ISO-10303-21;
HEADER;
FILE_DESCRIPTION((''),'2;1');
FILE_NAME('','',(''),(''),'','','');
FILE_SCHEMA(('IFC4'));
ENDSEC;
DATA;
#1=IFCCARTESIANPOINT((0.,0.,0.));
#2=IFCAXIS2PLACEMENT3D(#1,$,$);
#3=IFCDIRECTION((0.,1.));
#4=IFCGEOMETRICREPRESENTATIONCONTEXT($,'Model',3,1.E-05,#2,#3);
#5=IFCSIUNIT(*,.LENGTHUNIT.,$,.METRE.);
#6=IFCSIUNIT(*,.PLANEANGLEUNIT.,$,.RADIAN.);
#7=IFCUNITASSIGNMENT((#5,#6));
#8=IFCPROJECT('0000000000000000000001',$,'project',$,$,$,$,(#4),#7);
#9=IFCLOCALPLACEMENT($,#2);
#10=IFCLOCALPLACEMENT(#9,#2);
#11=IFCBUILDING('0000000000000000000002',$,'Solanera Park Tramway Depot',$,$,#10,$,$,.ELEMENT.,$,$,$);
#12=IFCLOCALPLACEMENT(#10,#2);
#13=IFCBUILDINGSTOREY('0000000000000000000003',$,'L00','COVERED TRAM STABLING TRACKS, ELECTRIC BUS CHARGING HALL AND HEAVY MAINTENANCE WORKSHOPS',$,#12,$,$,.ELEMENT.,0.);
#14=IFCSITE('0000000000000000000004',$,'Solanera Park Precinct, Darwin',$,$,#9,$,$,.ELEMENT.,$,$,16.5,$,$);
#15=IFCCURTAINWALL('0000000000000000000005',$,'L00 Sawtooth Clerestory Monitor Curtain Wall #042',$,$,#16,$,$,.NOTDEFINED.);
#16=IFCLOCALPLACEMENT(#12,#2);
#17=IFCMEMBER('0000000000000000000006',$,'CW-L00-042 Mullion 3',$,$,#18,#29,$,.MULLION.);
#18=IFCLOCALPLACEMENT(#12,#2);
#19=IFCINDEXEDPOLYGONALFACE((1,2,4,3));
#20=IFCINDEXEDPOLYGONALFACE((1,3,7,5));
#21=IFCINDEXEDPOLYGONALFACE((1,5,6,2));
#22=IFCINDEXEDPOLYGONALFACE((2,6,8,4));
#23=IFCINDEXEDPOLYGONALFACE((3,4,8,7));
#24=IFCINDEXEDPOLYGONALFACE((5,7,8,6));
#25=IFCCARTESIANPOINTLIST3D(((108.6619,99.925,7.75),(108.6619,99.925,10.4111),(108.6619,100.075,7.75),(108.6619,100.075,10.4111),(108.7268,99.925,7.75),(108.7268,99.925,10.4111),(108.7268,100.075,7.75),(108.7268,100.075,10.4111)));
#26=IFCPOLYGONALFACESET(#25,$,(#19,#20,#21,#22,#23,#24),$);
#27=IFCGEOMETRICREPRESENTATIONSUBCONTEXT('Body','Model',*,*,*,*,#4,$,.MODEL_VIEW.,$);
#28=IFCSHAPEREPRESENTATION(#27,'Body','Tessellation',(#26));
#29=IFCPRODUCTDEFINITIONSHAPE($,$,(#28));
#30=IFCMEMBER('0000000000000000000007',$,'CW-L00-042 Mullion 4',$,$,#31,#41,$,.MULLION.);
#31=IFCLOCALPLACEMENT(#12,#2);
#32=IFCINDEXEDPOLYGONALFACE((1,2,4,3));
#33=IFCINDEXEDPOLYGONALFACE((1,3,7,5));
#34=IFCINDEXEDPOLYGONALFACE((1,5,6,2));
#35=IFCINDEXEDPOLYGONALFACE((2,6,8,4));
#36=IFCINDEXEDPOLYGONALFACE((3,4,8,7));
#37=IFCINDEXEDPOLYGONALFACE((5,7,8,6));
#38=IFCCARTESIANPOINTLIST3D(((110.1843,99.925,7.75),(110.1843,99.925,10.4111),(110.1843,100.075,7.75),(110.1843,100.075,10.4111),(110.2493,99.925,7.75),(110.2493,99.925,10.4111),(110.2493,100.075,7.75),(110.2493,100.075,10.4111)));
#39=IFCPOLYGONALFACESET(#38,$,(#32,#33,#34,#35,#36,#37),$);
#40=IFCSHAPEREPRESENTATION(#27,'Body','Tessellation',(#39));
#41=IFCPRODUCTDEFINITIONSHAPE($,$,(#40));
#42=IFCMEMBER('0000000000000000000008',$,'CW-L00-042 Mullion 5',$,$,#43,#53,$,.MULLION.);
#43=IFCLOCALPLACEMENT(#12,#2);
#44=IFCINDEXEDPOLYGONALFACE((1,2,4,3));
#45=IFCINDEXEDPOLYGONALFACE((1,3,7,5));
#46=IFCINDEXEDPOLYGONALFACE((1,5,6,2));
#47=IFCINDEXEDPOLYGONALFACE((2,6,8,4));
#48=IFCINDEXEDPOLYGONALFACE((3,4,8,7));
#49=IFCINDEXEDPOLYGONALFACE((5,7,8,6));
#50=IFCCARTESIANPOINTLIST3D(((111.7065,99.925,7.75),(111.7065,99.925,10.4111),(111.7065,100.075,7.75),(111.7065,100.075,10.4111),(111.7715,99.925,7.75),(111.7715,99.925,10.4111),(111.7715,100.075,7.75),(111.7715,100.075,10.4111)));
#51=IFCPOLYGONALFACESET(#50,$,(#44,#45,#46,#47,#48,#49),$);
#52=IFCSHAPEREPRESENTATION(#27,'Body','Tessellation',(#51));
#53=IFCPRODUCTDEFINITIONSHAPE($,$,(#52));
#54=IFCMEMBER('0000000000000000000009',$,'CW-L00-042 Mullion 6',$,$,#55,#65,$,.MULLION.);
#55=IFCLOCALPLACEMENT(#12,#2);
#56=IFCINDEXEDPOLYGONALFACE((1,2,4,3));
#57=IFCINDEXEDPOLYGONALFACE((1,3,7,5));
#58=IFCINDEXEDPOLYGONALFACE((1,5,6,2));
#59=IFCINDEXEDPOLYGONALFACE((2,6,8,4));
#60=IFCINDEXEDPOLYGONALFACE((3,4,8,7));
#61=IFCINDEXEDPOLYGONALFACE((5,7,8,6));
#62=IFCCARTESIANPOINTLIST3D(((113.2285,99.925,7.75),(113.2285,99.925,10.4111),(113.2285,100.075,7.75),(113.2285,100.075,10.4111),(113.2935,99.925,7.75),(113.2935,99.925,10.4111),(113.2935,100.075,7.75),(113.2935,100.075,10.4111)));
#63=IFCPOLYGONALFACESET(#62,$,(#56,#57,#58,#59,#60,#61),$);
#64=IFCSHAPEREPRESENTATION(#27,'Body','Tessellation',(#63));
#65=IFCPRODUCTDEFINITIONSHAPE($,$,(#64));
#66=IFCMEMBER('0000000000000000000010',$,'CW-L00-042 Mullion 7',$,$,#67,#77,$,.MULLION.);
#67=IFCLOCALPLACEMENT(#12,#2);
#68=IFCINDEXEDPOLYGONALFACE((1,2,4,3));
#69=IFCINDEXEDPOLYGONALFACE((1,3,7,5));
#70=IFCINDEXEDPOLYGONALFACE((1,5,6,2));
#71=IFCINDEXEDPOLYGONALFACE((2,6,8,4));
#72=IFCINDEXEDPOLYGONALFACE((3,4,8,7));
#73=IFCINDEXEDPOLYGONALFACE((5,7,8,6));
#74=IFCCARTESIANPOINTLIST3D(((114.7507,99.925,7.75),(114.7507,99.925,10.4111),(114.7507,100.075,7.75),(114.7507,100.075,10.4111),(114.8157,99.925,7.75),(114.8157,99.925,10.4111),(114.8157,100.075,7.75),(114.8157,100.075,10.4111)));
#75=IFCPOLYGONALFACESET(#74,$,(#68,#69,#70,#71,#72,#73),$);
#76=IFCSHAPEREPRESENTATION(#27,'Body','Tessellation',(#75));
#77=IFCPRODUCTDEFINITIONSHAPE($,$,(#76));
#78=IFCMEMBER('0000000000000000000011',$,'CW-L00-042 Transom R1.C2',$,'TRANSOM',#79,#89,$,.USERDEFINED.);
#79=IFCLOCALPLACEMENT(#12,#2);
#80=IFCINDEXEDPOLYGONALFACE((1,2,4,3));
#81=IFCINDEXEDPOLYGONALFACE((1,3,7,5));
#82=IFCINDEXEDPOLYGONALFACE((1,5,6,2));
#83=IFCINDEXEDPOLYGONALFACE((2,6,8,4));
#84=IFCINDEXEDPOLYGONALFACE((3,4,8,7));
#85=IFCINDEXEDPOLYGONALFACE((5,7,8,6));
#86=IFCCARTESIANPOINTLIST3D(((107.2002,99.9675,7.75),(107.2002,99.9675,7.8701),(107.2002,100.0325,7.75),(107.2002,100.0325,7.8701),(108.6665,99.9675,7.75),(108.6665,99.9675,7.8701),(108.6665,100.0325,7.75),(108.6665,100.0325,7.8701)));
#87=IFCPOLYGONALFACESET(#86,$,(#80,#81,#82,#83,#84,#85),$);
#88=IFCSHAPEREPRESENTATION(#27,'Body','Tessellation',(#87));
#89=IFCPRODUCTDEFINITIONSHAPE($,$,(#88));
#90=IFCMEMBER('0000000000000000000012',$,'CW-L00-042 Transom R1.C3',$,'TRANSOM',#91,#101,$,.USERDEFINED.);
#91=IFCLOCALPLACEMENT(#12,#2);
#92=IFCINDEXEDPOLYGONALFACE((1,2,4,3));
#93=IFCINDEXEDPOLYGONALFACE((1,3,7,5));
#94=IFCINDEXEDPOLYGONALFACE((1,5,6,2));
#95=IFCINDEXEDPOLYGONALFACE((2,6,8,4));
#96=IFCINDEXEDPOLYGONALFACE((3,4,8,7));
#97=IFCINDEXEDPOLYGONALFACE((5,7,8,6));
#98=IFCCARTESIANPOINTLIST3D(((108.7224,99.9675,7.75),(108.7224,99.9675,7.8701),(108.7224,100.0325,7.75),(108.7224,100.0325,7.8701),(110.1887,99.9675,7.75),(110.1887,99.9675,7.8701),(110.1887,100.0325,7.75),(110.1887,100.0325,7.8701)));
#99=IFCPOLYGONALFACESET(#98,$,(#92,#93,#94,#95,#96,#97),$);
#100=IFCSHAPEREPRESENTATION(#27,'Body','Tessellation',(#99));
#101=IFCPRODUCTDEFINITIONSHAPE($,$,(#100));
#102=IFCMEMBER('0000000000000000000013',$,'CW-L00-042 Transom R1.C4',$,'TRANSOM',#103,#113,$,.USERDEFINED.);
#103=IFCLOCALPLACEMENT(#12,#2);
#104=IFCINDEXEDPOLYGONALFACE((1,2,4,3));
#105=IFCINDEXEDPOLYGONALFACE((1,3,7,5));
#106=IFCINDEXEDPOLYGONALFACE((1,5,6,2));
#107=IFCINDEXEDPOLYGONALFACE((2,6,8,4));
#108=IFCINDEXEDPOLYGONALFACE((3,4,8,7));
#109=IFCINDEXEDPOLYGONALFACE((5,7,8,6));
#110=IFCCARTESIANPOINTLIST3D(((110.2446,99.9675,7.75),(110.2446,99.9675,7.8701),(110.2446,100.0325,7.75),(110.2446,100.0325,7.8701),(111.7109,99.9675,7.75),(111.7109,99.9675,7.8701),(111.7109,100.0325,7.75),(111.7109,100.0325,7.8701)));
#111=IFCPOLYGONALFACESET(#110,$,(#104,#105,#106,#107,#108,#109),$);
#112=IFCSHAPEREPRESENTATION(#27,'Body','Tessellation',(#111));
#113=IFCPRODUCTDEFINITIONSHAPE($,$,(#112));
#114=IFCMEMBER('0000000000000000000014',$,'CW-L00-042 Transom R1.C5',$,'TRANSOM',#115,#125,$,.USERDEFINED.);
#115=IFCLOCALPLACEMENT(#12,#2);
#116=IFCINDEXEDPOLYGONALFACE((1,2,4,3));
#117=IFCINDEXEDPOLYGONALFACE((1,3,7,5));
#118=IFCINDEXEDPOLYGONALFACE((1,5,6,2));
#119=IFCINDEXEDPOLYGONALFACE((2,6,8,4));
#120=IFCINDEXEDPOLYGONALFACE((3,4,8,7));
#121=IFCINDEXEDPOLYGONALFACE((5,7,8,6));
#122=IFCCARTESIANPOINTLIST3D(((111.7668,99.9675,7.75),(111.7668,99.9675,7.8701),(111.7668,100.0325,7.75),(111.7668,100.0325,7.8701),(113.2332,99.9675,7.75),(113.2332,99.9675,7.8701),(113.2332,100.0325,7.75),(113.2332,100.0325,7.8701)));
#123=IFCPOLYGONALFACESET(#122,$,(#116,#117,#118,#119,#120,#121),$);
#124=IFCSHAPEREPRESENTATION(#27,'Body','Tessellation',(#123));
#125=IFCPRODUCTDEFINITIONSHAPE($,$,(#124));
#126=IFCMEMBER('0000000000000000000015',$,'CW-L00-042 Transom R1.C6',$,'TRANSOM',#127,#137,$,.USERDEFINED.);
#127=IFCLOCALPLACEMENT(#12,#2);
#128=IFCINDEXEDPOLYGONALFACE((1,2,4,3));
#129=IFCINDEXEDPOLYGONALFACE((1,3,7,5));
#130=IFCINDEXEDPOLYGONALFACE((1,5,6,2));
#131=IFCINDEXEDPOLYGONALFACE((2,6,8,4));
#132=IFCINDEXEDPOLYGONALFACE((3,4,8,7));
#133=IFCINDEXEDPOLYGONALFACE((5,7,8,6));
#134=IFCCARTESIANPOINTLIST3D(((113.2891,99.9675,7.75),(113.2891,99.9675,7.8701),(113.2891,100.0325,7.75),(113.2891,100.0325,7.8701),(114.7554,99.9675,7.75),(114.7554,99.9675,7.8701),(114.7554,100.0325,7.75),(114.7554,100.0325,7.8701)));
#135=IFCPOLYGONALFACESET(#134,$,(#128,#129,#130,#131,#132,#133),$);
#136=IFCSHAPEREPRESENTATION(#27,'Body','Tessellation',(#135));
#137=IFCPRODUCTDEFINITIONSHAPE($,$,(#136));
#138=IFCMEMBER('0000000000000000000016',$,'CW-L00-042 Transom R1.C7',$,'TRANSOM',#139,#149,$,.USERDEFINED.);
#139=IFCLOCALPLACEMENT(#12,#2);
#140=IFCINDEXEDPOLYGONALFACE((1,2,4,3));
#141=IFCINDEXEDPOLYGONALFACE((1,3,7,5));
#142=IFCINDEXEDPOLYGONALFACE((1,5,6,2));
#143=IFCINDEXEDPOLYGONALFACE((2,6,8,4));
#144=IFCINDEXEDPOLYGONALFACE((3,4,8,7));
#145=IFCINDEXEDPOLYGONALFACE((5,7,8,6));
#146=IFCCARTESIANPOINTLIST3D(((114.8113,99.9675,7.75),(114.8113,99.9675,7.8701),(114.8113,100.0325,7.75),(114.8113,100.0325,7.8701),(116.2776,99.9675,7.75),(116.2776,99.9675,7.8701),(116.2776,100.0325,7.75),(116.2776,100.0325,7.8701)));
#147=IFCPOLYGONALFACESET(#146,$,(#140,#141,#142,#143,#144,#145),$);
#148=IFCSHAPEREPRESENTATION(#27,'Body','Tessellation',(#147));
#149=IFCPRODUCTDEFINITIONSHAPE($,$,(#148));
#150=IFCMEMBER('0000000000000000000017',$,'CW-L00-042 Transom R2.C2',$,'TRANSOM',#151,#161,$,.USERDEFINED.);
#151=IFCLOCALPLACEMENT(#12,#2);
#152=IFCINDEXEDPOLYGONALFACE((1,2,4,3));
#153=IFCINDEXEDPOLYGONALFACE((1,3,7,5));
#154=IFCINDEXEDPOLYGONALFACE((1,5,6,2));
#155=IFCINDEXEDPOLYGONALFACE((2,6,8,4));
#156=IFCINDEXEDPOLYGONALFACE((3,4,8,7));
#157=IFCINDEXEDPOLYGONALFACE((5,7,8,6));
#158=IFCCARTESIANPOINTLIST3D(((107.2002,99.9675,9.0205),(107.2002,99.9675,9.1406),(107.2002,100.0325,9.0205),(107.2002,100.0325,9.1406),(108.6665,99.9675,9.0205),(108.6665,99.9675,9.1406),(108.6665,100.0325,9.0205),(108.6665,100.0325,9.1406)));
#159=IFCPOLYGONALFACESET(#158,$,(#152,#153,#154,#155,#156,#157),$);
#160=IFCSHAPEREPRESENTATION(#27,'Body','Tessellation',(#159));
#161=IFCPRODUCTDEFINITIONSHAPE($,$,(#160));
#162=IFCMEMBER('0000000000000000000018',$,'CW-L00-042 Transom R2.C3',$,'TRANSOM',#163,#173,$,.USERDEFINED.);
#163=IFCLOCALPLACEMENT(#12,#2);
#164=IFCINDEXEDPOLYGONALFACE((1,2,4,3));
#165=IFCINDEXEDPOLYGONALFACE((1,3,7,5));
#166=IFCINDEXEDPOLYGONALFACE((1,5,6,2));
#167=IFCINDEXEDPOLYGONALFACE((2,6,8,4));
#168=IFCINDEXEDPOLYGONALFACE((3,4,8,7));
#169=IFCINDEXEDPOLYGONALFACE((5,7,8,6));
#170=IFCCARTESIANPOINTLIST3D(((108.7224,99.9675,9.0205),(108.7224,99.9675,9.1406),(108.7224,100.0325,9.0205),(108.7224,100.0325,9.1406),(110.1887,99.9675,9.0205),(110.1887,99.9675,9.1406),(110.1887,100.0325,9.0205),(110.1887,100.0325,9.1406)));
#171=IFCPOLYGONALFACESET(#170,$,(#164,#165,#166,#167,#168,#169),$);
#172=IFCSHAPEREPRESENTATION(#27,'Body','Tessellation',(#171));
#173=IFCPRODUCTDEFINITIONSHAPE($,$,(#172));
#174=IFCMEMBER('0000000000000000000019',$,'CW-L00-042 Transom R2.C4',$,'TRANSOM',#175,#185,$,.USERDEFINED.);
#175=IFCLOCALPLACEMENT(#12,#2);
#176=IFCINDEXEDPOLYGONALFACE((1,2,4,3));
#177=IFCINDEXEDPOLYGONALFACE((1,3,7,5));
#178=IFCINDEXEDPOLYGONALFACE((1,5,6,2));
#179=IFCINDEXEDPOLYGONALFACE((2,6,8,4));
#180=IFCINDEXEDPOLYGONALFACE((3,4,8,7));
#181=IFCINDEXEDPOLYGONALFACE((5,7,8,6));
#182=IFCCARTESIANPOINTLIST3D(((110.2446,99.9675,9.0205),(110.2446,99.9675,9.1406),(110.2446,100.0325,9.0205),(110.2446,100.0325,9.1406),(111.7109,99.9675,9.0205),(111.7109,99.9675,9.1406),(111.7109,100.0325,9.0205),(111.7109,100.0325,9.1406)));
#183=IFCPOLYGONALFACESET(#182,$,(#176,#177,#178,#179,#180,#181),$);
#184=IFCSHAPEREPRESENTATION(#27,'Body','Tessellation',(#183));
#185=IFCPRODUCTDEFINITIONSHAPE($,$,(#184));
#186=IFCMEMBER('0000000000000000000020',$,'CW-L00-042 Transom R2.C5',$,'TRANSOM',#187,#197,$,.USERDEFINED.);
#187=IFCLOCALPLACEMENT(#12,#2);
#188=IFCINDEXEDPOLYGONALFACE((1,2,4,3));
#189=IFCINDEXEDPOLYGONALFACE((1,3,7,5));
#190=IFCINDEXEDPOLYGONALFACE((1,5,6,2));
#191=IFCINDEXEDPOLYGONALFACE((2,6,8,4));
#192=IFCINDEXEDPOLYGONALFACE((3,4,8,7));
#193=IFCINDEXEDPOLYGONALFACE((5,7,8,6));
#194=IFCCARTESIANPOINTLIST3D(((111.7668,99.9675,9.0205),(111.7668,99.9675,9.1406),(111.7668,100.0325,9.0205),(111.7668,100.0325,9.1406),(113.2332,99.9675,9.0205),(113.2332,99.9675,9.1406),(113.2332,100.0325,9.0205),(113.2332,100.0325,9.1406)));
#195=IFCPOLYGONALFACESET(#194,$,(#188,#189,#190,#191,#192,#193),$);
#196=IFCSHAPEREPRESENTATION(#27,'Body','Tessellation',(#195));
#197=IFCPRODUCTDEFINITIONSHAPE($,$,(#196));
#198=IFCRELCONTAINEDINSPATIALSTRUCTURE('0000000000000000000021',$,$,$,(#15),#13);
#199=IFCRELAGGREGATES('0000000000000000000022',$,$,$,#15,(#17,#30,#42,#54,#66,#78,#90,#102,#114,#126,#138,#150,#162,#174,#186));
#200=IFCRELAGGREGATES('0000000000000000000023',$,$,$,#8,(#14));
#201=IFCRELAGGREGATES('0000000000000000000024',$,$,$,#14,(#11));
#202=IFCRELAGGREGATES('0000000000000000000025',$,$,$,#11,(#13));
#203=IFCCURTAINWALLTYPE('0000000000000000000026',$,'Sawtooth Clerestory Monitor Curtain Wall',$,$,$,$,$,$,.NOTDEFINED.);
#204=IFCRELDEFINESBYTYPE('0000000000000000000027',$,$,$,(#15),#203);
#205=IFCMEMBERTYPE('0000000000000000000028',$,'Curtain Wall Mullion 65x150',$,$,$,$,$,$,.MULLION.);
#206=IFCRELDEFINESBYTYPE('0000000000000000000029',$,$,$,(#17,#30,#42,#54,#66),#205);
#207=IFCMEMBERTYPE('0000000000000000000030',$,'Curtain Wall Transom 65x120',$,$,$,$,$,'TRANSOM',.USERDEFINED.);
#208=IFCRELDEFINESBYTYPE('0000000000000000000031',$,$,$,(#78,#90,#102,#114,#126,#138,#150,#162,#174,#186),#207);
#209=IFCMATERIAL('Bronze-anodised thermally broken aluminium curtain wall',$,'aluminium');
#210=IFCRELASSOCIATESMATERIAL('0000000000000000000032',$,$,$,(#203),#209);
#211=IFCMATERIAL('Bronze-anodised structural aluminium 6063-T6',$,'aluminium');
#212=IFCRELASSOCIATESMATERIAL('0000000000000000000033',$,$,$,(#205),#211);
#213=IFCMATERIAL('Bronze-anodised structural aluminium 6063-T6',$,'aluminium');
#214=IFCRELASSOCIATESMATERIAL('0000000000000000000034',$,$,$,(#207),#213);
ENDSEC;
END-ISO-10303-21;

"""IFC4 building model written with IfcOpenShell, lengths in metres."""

from ifc_helpers import new_model, si_unit, direction, frame, origin, origin_2d, place, context, subcontext, project, spatial, rectangle, extrude, material, material_profile, profile_set, type_object, element, aggregate, save


model = new_model("IFC4")

# Units and contexts
model_context = context("Model", 3, precision=1e-05, world=origin(), true_north=direction((0.0, 1.0)))
body_context = subcontext(model_context, "Body", "Model", "MODEL_VIEW")
ifc_project = project(units=[si_unit("LENGTHUNIT", "METRE"), si_unit("PLANEANGLEUNIT", "RADIAN")], contexts=[model_context])

# Site, building, storey
site_placement = place(None, origin())
site = spatial("IfcSite", under=ifc_project, at=site_placement, Name="Solanera Park Precinct, Darwin", CompositionType="ELEMENT", RefElevation=16.5)
building_placement = place(site_placement, origin())
building = spatial("IfcBuilding", under=site, at=building_placement, Name="Solanera Park Tramway Depot", CompositionType="ELEMENT")
storey_placement = place(building_placement, origin())
storey = spatial("IfcBuildingStorey", under=building, at=storey_placement, Name="L00", Description="COVERED TRAM STABLING TRACKS, ELECTRIC BUS CHARGING HALL AND HEAVY MAINTENANCE WORKSHOPS", CompositionType="ELEMENT", Elevation=0.0)

# Curtain wall, members
ifc_material_1 = material(Name="Bronze-anodised thermally broken aluminium curtain wall", Category="aluminium")
curtain_wall_type = type_object("IfcCurtainWallType", Name="Sawtooth Clerestory Monitor Curtain Wall", PredefinedType="NOTDEFINED", material=ifc_material_1)
curtain_wall_placement = place(storey_placement, origin())
curtain_wall = element("IfcCurtainWall", 1, at=curtain_wall_placement, inside=storey, type_object=curtain_wall_type, Name="L00 Sawtooth Clerestory Monitor Curtain Wall #042", PredefinedType="NOTDEFINED")
ifc_material_2 = material(Name="Bronze-anodised structural aluminium 6063-T6", Category="aluminium")
ifc_material_profile_1 = material_profile(ifc_material_2, rectangle(XDim=0.0649, YDim=0.1499, at=origin_2d()), Name="Curtain Wall Mullion 65x150")
ifc_profile_set_1 = profile_set([ifc_material_profile_1], Name="Bronze-anodised structural aluminium 6063-T6")
member_type_1 = type_object("IfcMemberType", Name="Curtain Wall Mullion 65x150", PredefinedType="MULLION", material=ifc_profile_set_1)
member_1_placement = place(storey_placement, frame((108.6943, 100.0, 7.75), z_axis=(0.0, 0.0, 1.0), x_axis=(1.0, 0.0, 0.0)))
member_1 = element("IfcMember", 2, at=member_1_placement, type_object=member_type_1, Name="CW-L00-042 Mullion 3", PredefinedType="MULLION", context=body_context, shape_type="SweptSolid", body=[
    extrude(rectangle(XDim=0.0649, YDim=0.1499, at=origin_2d()), origin(), (0.0, 0.0, 1.0), 2.6611),
])
member_2_placement = place(storey_placement, frame((110.2168, 100.0, 7.75), z_axis=(0.0, 0.0, 1.0), x_axis=(1.0, 0.0, 0.0)))
member_2 = element("IfcMember", 3, at=member_2_placement, type_object=member_type_1, Name="CW-L00-042 Mullion 4", PredefinedType="MULLION", context=body_context, shape_type="SweptSolid", body=[
    extrude(rectangle(XDim=0.0649, YDim=0.1499, at=origin_2d()), origin(), (0.0, 0.0, 1.0), 2.6611),
])
member_3_placement = place(storey_placement, frame((111.739, 100.0, 7.75), z_axis=(0.0, 0.0, 1.0), x_axis=(1.0, 0.0, 0.0)))
member_3 = element("IfcMember", 4, at=member_3_placement, type_object=member_type_1, Name="CW-L00-042 Mullion 5", PredefinedType="MULLION", context=body_context, shape_type="SweptSolid", body=[
    extrude(rectangle(XDim=0.0649, YDim=0.1499, at=origin_2d()), origin(), (0.0, 0.0, 1.0), 2.6611),
])
member_4_placement = place(storey_placement, frame((113.261, 100.0, 7.75), z_axis=(0.0, 0.0, 1.0), x_axis=(1.0, 0.0, 0.0)))
member_4 = element("IfcMember", 5, at=member_4_placement, type_object=member_type_1, Name="CW-L00-042 Mullion 6", PredefinedType="MULLION", context=body_context, shape_type="SweptSolid", body=[
    extrude(rectangle(XDim=0.0649, YDim=0.1499, at=origin_2d()), origin(), (0.0, 0.0, 1.0), 2.6611),
])
member_5_placement = place(storey_placement, frame((114.7832, 100.0, 7.75), z_axis=(0.0, 0.0, 1.0), x_axis=(1.0, 0.0, 0.0)))
member_5 = element("IfcMember", 6, at=member_5_placement, type_object=member_type_1, Name="CW-L00-042 Mullion 7", PredefinedType="MULLION", context=body_context, shape_type="SweptSolid", body=[
    extrude(rectangle(XDim=0.0649, YDim=0.1499, at=origin_2d()), origin(), (0.0, 0.0, 1.0), 2.6611),
])
ifc_material_3 = material(Name="Bronze-anodised structural aluminium 6063-T6", Category="aluminium")
ifc_material_profile_2 = material_profile(ifc_material_3, rectangle(XDim=0.0649, YDim=0.1201, at=origin_2d()), Name="Curtain Wall Transom 65x120")
ifc_profile_set_2 = profile_set([ifc_material_profile_2], Name="Bronze-anodised structural aluminium 6063-T6")
member_type_2 = type_object("IfcMemberType", Name="Curtain Wall Transom 65x120", ElementType="TRANSOM", PredefinedType="USERDEFINED", material=ifc_profile_set_2)
member_6_placement = place(storey_placement, frame((107.2002, 100.0, 7.8101), z_axis=(1.0, 0.0, 0.0), x_axis=(0.0, 1.0, 0.0)))
member_6 = element("IfcMember", 7, at=member_6_placement, type_object=member_type_2, Name="CW-L00-042 Transom R1.C2", ObjectType="TRANSOM", PredefinedType="USERDEFINED", context=body_context, shape_type="SweptSolid", body=[
    extrude(rectangle(XDim=0.0649, YDim=0.1201, at=origin_2d()), origin(), (0.0, 0.0, 1.0), 1.4663),
])
member_7_placement = place(storey_placement, frame((108.7224, 100.0, 7.8101), z_axis=(1.0, 0.0, 0.0), x_axis=(0.0, 1.0, 0.0)))
member_7 = element("IfcMember", 8, at=member_7_placement, type_object=member_type_2, Name="CW-L00-042 Transom R1.C3", ObjectType="TRANSOM", PredefinedType="USERDEFINED", context=body_context, shape_type="SweptSolid", body=[
    extrude(rectangle(XDim=0.0649, YDim=0.1201, at=origin_2d()), origin(), (0.0, 0.0, 1.0), 1.4663),
])
member_8_placement = place(storey_placement, frame((110.2446, 100.0, 7.8101), z_axis=(1.0, 0.0, 0.0), x_axis=(0.0, 1.0, 0.0)))
member_8 = element("IfcMember", 9, at=member_8_placement, type_object=member_type_2, Name="CW-L00-042 Transom R1.C4", ObjectType="TRANSOM", PredefinedType="USERDEFINED", context=body_context, shape_type="SweptSolid", body=[
    extrude(rectangle(XDim=0.0649, YDim=0.1201, at=origin_2d()), origin(), (0.0, 0.0, 1.0), 1.4663),
])
member_9_placement = place(storey_placement, frame((111.7668, 100.0, 7.8101), z_axis=(1.0, 0.0, 0.0), x_axis=(0.0, 1.0, 0.0)))
member_9 = element("IfcMember", 10, at=member_9_placement, type_object=member_type_2, Name="CW-L00-042 Transom R1.C5", ObjectType="TRANSOM", PredefinedType="USERDEFINED", context=body_context, shape_type="SweptSolid", body=[
    extrude(rectangle(XDim=0.0649, YDim=0.1201, at=origin_2d()), origin(), (0.0, 0.0, 1.0), 1.4663),
])
member_10_placement = place(storey_placement, frame((113.2891, 100.0, 7.8101), z_axis=(1.0, 0.0, 0.0), x_axis=(0.0, 1.0, 0.0)))
member_10 = element("IfcMember", 11, at=member_10_placement, type_object=member_type_2, Name="CW-L00-042 Transom R1.C6", ObjectType="TRANSOM", PredefinedType="USERDEFINED", context=body_context, shape_type="SweptSolid", body=[
    extrude(rectangle(XDim=0.0649, YDim=0.1201, at=origin_2d()), origin(), (0.0, 0.0, 1.0), 1.4663),
])
member_11_placement = place(storey_placement, frame((114.8113, 100.0, 7.8101), z_axis=(1.0, 0.0, 0.0), x_axis=(0.0, 1.0, 0.0)))
member_11 = element("IfcMember", 12, at=member_11_placement, type_object=member_type_2, Name="CW-L00-042 Transom R1.C7", ObjectType="TRANSOM", PredefinedType="USERDEFINED", context=body_context, shape_type="SweptSolid", body=[
    extrude(rectangle(XDim=0.0649, YDim=0.1201, at=origin_2d()), origin(), (0.0, 0.0, 1.0), 1.4663),
])
member_12_placement = place(storey_placement, frame((107.2002, 100.0, 9.0806), z_axis=(1.0, 0.0, 0.0), x_axis=(0.0, 1.0, 0.0)))
member_12 = element("IfcMember", 13, at=member_12_placement, type_object=member_type_2, Name="CW-L00-042 Transom R2.C2", ObjectType="TRANSOM", PredefinedType="USERDEFINED", context=body_context, shape_type="SweptSolid", body=[
    extrude(rectangle(XDim=0.0649, YDim=0.1201, at=origin_2d()), origin(), (0.0, 0.0, 1.0), 1.4663),
])
member_13_placement = place(storey_placement, frame((108.7224, 100.0, 9.0806), z_axis=(1.0, 0.0, 0.0), x_axis=(0.0, 1.0, 0.0)))
member_13 = element("IfcMember", 14, at=member_13_placement, type_object=member_type_2, Name="CW-L00-042 Transom R2.C3", ObjectType="TRANSOM", PredefinedType="USERDEFINED", context=body_context, shape_type="SweptSolid", body=[
    extrude(rectangle(XDim=0.0649, YDim=0.1201, at=origin_2d()), origin(), (0.0, 0.0, 1.0), 1.4663),
])
member_14_placement = place(storey_placement, frame((110.2446, 100.0, 9.0806), z_axis=(1.0, 0.0, 0.0), x_axis=(0.0, 1.0, 0.0)))
member_14 = element("IfcMember", 15, at=member_14_placement, type_object=member_type_2, Name="CW-L00-042 Transom R2.C4", ObjectType="TRANSOM", PredefinedType="USERDEFINED", context=body_context, shape_type="SweptSolid", body=[
    extrude(rectangle(XDim=0.0649, YDim=0.1201, at=origin_2d()), origin(), (0.0, 0.0, 1.0), 1.4663),
])
member_15_placement = place(storey_placement, frame((111.7668, 100.0, 9.0806), z_axis=(1.0, 0.0, 0.0), x_axis=(0.0, 1.0, 0.0)))
member_15 = element("IfcMember", 16, at=member_15_placement, type_object=member_type_2, Name="CW-L00-042 Transom R2.C5", ObjectType="TRANSOM", PredefinedType="USERDEFINED", context=body_context, shape_type="SweptSolid", body=[
    extrude(rectangle(XDim=0.0649, YDim=0.1201, at=origin_2d()), origin(), (0.0, 0.0, 1.0), 1.4663),
])
aggregate(curtain_wall, [member_1, member_2, member_3, member_4, member_5, member_6, member_7, member_8, member_9, member_10, member_11, member_12, member_13, member_14, member_15])

save(model, "model.ifc")
